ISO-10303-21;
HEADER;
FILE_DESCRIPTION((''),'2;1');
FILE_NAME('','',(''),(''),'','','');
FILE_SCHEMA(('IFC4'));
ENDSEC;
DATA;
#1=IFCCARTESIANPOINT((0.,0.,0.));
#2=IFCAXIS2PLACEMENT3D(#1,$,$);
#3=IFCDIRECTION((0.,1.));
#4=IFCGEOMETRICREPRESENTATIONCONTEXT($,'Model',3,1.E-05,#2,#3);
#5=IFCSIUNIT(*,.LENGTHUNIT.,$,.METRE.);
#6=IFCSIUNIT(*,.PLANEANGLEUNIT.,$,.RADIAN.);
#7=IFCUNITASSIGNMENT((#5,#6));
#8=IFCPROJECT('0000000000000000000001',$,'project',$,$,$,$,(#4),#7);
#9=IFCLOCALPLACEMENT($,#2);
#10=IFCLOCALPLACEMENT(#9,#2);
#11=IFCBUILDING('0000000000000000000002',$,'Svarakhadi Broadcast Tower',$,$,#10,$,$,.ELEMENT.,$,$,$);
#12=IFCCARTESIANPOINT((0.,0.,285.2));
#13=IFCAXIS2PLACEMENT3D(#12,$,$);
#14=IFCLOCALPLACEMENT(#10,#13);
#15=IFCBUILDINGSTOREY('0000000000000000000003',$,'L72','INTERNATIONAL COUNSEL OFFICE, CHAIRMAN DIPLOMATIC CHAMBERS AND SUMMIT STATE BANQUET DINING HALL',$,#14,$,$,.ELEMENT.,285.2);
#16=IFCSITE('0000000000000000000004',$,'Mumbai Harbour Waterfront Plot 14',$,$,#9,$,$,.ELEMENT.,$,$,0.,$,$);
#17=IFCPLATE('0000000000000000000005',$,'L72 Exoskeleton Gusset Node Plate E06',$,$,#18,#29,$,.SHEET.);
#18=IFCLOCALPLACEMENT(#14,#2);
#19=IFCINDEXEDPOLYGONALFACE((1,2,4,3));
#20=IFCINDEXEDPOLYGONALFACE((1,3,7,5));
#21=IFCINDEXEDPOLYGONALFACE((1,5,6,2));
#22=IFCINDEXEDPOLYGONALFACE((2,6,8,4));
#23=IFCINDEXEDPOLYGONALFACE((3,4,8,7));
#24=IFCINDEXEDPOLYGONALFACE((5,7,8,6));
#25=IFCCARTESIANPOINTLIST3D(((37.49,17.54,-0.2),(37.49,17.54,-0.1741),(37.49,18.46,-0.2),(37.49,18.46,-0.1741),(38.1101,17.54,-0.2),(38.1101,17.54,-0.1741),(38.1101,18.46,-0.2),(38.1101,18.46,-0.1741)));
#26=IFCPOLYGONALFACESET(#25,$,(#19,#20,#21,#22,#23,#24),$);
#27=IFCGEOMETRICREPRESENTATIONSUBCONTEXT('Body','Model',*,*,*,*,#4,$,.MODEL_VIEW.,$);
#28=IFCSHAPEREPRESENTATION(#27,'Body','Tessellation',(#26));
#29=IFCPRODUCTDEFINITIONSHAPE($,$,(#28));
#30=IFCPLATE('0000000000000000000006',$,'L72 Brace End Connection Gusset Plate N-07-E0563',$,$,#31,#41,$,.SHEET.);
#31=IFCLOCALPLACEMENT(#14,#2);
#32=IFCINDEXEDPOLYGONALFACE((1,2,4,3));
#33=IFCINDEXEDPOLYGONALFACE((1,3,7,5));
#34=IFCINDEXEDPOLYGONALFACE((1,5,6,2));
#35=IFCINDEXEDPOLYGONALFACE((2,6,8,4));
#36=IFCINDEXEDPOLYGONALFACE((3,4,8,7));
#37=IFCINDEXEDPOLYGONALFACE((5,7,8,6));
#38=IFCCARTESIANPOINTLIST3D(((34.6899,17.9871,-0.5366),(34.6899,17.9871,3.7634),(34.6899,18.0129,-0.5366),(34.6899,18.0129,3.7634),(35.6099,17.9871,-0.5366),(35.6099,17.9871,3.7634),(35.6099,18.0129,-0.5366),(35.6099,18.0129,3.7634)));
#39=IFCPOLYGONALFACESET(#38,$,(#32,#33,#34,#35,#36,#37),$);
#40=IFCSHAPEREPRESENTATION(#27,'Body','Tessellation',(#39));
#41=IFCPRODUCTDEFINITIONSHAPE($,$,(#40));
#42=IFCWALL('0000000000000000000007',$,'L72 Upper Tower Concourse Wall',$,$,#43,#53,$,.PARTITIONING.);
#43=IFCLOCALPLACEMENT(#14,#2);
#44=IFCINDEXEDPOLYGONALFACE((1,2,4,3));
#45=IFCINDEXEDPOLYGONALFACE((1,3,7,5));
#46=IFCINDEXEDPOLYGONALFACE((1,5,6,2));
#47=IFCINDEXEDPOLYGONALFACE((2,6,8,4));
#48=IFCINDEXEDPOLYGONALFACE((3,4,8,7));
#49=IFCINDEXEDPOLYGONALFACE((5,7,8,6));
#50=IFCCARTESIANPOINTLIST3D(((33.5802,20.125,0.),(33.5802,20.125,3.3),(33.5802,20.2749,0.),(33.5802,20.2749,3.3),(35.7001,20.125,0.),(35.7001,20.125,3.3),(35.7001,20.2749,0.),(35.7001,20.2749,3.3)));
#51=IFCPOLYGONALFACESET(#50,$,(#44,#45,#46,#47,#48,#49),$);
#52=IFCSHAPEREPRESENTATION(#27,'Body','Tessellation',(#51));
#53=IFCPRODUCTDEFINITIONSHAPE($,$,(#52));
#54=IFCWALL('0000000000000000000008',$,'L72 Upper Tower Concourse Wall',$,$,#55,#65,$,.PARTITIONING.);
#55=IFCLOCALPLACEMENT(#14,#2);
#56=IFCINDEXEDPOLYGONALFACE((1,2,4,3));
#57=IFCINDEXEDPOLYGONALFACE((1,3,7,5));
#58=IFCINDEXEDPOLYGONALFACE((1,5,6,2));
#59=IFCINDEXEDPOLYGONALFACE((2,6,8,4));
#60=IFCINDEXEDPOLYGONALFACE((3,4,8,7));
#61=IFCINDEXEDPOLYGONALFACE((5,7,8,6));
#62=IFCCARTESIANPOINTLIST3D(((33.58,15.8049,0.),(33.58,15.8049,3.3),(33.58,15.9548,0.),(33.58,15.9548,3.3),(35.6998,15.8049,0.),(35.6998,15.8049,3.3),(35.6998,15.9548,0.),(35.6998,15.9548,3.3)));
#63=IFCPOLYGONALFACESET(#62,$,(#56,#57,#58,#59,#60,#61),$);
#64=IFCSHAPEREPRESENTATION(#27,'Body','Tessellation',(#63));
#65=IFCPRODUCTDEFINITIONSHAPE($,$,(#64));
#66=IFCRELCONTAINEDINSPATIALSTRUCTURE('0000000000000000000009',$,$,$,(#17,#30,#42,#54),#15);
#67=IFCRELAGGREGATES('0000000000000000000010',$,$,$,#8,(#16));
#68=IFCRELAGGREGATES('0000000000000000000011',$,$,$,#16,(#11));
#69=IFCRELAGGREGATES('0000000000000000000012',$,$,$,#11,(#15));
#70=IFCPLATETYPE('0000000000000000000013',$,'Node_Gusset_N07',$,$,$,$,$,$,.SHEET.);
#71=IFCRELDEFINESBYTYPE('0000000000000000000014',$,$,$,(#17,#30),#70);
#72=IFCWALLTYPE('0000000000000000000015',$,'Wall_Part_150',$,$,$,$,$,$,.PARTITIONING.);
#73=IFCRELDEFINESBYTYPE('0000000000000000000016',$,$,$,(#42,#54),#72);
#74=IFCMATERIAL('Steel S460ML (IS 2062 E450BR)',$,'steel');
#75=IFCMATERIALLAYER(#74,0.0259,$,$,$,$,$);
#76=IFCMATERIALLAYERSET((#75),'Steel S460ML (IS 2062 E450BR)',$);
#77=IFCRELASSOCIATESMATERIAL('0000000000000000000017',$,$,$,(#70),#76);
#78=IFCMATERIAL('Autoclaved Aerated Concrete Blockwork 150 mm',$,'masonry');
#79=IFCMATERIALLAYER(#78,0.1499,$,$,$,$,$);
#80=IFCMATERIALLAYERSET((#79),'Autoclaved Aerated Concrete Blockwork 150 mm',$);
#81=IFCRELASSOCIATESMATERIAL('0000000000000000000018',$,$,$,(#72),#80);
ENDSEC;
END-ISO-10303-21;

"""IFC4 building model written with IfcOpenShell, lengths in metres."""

from ifc_helpers import new_model, si_unit, direction, frame, frame_2d, origin, origin_2d, place, context, subcontext, project, spatial, rectangle, extrude, material, layer, layer_set, type_object, element, save


model = new_model("IFC4")

# Units and contexts
model_context = context("Model", 3, precision=1e-05, world=origin(), true_north=direction((0.0, 1.0)))
body_context = subcontext(model_context, "Body", "Model", "MODEL_VIEW")
ifc_project = project(units=[si_unit("LENGTHUNIT", "METRE"), si_unit("PLANEANGLEUNIT", "RADIAN")], contexts=[model_context])

# Site, building, storey
site_placement = place(None, origin())
site = spatial("IfcSite", under=ifc_project, at=site_placement, Name="Mumbai Harbour Waterfront Plot 14", CompositionType="ELEMENT", RefElevation=0.0)
building_placement = place(site_placement, origin())
building = spatial("IfcBuilding", under=site, at=building_placement, Name="Svarakhadi Broadcast Tower", CompositionType="ELEMENT")
storey_placement = place(building_placement, frame((0.0, 0.0, 285.2)))
storey = spatial("IfcBuildingStorey", under=building, at=storey_placement, Name="L72", Description="INTERNATIONAL COUNSEL OFFICE, CHAIRMAN DIPLOMATIC CHAMBERS AND SUMMIT STATE BANQUET DINING HALL", CompositionType="ELEMENT", Elevation=285.2)

# Shared definitions
ifc_material_1 = material(Name="Steel S460ML (IS 2062 E450BR)", Category="steel")

# Plates
ifc_layer_1 = layer(ifc_material_1, 0.0259)
ifc_layer_set_1 = layer_set([ifc_layer_1], Name="Steel S460ML (IS 2062 E450BR)")
plate_type_1 = type_object("IfcPlateType", Name="Node_Gusset_N07", PredefinedType="SHEET", material=ifc_layer_set_1)
plate_1_placement = place(storey_placement, frame((37.8, 18.0, -0.2), z_axis=(0.0, 0.0, 1.0), x_axis=(0.0, 1.0, 0.0)))
element("IfcPlate", 1, at=plate_1_placement, inside=storey, type_object=plate_type_1, Name="L72 Exoskeleton Gusset Node Plate E06", PredefinedType="SHEET", context=body_context, shape_type="SweptSolid", body=[
    extrude(rectangle(XDim=0.9199, YDim=0.6201, at=origin_2d()), origin(), (0.0, 0.0, 1.0), 0.0259),
])
plate_2_placement = place(storey_placement, frame((35.1499, 18.0, -0.5366), z_axis=(0.0, 0.0, 1.0), x_axis=(1.0, 0.0, 0.0)))
element("IfcPlate", 2, at=plate_2_placement, inside=storey, type_object=plate_type_1, Name="L72 Brace End Connection Gusset Plate N-07-E0563", PredefinedType="SHEET", context=body_context, shape_type="SweptSolid", body=[
    extrude(rectangle(XDim=0.9199, YDim=0.0259, at=origin_2d()), origin(), (0.0, 0.0, 1.0), 4.3),
])

# Walls
ifc_material_2 = material(Name="Autoclaved Aerated Concrete Blockwork 150 mm", Category="masonry")
ifc_layer_2 = layer(ifc_material_2, 0.1499)
ifc_layer_set_2 = layer_set([ifc_layer_2], Name="Autoclaved Aerated Concrete Blockwork 150 mm")
wall_type = type_object("IfcWallType", Name="Wall_Part_150", PredefinedType="PARTITIONING", material=ifc_layer_set_2)
for number, where, z_axis, x_axis, name in (
    (3, (33.5801, 20.2, 0.0), (0.0, 0.0, 1.0), (1.0, 0.0, 0.0), "L72 Upper Tower Concourse Wall"),
    (4, (35.7, 15.8799, 0.0), (0.0, 0.0, 1.0), (-1.0, 0.0, 0.0), "L72 Upper Tower Concourse Wall"),
):
    element("IfcWall", number, at=place(storey_placement, frame(where, z_axis=z_axis, x_axis=x_axis)), inside=storey, type_object=wall_type, Name=name, PredefinedType="PARTITIONING", context=body_context, shape_type="SweptSolid", body=[
        extrude(rectangle(XDim=2.1199, YDim=0.1499, at=frame_2d((1.0601, 0.0))), origin(), (0.0, 0.0, 1.0), 3.3),
    ])

save(model, "model.ifc")
